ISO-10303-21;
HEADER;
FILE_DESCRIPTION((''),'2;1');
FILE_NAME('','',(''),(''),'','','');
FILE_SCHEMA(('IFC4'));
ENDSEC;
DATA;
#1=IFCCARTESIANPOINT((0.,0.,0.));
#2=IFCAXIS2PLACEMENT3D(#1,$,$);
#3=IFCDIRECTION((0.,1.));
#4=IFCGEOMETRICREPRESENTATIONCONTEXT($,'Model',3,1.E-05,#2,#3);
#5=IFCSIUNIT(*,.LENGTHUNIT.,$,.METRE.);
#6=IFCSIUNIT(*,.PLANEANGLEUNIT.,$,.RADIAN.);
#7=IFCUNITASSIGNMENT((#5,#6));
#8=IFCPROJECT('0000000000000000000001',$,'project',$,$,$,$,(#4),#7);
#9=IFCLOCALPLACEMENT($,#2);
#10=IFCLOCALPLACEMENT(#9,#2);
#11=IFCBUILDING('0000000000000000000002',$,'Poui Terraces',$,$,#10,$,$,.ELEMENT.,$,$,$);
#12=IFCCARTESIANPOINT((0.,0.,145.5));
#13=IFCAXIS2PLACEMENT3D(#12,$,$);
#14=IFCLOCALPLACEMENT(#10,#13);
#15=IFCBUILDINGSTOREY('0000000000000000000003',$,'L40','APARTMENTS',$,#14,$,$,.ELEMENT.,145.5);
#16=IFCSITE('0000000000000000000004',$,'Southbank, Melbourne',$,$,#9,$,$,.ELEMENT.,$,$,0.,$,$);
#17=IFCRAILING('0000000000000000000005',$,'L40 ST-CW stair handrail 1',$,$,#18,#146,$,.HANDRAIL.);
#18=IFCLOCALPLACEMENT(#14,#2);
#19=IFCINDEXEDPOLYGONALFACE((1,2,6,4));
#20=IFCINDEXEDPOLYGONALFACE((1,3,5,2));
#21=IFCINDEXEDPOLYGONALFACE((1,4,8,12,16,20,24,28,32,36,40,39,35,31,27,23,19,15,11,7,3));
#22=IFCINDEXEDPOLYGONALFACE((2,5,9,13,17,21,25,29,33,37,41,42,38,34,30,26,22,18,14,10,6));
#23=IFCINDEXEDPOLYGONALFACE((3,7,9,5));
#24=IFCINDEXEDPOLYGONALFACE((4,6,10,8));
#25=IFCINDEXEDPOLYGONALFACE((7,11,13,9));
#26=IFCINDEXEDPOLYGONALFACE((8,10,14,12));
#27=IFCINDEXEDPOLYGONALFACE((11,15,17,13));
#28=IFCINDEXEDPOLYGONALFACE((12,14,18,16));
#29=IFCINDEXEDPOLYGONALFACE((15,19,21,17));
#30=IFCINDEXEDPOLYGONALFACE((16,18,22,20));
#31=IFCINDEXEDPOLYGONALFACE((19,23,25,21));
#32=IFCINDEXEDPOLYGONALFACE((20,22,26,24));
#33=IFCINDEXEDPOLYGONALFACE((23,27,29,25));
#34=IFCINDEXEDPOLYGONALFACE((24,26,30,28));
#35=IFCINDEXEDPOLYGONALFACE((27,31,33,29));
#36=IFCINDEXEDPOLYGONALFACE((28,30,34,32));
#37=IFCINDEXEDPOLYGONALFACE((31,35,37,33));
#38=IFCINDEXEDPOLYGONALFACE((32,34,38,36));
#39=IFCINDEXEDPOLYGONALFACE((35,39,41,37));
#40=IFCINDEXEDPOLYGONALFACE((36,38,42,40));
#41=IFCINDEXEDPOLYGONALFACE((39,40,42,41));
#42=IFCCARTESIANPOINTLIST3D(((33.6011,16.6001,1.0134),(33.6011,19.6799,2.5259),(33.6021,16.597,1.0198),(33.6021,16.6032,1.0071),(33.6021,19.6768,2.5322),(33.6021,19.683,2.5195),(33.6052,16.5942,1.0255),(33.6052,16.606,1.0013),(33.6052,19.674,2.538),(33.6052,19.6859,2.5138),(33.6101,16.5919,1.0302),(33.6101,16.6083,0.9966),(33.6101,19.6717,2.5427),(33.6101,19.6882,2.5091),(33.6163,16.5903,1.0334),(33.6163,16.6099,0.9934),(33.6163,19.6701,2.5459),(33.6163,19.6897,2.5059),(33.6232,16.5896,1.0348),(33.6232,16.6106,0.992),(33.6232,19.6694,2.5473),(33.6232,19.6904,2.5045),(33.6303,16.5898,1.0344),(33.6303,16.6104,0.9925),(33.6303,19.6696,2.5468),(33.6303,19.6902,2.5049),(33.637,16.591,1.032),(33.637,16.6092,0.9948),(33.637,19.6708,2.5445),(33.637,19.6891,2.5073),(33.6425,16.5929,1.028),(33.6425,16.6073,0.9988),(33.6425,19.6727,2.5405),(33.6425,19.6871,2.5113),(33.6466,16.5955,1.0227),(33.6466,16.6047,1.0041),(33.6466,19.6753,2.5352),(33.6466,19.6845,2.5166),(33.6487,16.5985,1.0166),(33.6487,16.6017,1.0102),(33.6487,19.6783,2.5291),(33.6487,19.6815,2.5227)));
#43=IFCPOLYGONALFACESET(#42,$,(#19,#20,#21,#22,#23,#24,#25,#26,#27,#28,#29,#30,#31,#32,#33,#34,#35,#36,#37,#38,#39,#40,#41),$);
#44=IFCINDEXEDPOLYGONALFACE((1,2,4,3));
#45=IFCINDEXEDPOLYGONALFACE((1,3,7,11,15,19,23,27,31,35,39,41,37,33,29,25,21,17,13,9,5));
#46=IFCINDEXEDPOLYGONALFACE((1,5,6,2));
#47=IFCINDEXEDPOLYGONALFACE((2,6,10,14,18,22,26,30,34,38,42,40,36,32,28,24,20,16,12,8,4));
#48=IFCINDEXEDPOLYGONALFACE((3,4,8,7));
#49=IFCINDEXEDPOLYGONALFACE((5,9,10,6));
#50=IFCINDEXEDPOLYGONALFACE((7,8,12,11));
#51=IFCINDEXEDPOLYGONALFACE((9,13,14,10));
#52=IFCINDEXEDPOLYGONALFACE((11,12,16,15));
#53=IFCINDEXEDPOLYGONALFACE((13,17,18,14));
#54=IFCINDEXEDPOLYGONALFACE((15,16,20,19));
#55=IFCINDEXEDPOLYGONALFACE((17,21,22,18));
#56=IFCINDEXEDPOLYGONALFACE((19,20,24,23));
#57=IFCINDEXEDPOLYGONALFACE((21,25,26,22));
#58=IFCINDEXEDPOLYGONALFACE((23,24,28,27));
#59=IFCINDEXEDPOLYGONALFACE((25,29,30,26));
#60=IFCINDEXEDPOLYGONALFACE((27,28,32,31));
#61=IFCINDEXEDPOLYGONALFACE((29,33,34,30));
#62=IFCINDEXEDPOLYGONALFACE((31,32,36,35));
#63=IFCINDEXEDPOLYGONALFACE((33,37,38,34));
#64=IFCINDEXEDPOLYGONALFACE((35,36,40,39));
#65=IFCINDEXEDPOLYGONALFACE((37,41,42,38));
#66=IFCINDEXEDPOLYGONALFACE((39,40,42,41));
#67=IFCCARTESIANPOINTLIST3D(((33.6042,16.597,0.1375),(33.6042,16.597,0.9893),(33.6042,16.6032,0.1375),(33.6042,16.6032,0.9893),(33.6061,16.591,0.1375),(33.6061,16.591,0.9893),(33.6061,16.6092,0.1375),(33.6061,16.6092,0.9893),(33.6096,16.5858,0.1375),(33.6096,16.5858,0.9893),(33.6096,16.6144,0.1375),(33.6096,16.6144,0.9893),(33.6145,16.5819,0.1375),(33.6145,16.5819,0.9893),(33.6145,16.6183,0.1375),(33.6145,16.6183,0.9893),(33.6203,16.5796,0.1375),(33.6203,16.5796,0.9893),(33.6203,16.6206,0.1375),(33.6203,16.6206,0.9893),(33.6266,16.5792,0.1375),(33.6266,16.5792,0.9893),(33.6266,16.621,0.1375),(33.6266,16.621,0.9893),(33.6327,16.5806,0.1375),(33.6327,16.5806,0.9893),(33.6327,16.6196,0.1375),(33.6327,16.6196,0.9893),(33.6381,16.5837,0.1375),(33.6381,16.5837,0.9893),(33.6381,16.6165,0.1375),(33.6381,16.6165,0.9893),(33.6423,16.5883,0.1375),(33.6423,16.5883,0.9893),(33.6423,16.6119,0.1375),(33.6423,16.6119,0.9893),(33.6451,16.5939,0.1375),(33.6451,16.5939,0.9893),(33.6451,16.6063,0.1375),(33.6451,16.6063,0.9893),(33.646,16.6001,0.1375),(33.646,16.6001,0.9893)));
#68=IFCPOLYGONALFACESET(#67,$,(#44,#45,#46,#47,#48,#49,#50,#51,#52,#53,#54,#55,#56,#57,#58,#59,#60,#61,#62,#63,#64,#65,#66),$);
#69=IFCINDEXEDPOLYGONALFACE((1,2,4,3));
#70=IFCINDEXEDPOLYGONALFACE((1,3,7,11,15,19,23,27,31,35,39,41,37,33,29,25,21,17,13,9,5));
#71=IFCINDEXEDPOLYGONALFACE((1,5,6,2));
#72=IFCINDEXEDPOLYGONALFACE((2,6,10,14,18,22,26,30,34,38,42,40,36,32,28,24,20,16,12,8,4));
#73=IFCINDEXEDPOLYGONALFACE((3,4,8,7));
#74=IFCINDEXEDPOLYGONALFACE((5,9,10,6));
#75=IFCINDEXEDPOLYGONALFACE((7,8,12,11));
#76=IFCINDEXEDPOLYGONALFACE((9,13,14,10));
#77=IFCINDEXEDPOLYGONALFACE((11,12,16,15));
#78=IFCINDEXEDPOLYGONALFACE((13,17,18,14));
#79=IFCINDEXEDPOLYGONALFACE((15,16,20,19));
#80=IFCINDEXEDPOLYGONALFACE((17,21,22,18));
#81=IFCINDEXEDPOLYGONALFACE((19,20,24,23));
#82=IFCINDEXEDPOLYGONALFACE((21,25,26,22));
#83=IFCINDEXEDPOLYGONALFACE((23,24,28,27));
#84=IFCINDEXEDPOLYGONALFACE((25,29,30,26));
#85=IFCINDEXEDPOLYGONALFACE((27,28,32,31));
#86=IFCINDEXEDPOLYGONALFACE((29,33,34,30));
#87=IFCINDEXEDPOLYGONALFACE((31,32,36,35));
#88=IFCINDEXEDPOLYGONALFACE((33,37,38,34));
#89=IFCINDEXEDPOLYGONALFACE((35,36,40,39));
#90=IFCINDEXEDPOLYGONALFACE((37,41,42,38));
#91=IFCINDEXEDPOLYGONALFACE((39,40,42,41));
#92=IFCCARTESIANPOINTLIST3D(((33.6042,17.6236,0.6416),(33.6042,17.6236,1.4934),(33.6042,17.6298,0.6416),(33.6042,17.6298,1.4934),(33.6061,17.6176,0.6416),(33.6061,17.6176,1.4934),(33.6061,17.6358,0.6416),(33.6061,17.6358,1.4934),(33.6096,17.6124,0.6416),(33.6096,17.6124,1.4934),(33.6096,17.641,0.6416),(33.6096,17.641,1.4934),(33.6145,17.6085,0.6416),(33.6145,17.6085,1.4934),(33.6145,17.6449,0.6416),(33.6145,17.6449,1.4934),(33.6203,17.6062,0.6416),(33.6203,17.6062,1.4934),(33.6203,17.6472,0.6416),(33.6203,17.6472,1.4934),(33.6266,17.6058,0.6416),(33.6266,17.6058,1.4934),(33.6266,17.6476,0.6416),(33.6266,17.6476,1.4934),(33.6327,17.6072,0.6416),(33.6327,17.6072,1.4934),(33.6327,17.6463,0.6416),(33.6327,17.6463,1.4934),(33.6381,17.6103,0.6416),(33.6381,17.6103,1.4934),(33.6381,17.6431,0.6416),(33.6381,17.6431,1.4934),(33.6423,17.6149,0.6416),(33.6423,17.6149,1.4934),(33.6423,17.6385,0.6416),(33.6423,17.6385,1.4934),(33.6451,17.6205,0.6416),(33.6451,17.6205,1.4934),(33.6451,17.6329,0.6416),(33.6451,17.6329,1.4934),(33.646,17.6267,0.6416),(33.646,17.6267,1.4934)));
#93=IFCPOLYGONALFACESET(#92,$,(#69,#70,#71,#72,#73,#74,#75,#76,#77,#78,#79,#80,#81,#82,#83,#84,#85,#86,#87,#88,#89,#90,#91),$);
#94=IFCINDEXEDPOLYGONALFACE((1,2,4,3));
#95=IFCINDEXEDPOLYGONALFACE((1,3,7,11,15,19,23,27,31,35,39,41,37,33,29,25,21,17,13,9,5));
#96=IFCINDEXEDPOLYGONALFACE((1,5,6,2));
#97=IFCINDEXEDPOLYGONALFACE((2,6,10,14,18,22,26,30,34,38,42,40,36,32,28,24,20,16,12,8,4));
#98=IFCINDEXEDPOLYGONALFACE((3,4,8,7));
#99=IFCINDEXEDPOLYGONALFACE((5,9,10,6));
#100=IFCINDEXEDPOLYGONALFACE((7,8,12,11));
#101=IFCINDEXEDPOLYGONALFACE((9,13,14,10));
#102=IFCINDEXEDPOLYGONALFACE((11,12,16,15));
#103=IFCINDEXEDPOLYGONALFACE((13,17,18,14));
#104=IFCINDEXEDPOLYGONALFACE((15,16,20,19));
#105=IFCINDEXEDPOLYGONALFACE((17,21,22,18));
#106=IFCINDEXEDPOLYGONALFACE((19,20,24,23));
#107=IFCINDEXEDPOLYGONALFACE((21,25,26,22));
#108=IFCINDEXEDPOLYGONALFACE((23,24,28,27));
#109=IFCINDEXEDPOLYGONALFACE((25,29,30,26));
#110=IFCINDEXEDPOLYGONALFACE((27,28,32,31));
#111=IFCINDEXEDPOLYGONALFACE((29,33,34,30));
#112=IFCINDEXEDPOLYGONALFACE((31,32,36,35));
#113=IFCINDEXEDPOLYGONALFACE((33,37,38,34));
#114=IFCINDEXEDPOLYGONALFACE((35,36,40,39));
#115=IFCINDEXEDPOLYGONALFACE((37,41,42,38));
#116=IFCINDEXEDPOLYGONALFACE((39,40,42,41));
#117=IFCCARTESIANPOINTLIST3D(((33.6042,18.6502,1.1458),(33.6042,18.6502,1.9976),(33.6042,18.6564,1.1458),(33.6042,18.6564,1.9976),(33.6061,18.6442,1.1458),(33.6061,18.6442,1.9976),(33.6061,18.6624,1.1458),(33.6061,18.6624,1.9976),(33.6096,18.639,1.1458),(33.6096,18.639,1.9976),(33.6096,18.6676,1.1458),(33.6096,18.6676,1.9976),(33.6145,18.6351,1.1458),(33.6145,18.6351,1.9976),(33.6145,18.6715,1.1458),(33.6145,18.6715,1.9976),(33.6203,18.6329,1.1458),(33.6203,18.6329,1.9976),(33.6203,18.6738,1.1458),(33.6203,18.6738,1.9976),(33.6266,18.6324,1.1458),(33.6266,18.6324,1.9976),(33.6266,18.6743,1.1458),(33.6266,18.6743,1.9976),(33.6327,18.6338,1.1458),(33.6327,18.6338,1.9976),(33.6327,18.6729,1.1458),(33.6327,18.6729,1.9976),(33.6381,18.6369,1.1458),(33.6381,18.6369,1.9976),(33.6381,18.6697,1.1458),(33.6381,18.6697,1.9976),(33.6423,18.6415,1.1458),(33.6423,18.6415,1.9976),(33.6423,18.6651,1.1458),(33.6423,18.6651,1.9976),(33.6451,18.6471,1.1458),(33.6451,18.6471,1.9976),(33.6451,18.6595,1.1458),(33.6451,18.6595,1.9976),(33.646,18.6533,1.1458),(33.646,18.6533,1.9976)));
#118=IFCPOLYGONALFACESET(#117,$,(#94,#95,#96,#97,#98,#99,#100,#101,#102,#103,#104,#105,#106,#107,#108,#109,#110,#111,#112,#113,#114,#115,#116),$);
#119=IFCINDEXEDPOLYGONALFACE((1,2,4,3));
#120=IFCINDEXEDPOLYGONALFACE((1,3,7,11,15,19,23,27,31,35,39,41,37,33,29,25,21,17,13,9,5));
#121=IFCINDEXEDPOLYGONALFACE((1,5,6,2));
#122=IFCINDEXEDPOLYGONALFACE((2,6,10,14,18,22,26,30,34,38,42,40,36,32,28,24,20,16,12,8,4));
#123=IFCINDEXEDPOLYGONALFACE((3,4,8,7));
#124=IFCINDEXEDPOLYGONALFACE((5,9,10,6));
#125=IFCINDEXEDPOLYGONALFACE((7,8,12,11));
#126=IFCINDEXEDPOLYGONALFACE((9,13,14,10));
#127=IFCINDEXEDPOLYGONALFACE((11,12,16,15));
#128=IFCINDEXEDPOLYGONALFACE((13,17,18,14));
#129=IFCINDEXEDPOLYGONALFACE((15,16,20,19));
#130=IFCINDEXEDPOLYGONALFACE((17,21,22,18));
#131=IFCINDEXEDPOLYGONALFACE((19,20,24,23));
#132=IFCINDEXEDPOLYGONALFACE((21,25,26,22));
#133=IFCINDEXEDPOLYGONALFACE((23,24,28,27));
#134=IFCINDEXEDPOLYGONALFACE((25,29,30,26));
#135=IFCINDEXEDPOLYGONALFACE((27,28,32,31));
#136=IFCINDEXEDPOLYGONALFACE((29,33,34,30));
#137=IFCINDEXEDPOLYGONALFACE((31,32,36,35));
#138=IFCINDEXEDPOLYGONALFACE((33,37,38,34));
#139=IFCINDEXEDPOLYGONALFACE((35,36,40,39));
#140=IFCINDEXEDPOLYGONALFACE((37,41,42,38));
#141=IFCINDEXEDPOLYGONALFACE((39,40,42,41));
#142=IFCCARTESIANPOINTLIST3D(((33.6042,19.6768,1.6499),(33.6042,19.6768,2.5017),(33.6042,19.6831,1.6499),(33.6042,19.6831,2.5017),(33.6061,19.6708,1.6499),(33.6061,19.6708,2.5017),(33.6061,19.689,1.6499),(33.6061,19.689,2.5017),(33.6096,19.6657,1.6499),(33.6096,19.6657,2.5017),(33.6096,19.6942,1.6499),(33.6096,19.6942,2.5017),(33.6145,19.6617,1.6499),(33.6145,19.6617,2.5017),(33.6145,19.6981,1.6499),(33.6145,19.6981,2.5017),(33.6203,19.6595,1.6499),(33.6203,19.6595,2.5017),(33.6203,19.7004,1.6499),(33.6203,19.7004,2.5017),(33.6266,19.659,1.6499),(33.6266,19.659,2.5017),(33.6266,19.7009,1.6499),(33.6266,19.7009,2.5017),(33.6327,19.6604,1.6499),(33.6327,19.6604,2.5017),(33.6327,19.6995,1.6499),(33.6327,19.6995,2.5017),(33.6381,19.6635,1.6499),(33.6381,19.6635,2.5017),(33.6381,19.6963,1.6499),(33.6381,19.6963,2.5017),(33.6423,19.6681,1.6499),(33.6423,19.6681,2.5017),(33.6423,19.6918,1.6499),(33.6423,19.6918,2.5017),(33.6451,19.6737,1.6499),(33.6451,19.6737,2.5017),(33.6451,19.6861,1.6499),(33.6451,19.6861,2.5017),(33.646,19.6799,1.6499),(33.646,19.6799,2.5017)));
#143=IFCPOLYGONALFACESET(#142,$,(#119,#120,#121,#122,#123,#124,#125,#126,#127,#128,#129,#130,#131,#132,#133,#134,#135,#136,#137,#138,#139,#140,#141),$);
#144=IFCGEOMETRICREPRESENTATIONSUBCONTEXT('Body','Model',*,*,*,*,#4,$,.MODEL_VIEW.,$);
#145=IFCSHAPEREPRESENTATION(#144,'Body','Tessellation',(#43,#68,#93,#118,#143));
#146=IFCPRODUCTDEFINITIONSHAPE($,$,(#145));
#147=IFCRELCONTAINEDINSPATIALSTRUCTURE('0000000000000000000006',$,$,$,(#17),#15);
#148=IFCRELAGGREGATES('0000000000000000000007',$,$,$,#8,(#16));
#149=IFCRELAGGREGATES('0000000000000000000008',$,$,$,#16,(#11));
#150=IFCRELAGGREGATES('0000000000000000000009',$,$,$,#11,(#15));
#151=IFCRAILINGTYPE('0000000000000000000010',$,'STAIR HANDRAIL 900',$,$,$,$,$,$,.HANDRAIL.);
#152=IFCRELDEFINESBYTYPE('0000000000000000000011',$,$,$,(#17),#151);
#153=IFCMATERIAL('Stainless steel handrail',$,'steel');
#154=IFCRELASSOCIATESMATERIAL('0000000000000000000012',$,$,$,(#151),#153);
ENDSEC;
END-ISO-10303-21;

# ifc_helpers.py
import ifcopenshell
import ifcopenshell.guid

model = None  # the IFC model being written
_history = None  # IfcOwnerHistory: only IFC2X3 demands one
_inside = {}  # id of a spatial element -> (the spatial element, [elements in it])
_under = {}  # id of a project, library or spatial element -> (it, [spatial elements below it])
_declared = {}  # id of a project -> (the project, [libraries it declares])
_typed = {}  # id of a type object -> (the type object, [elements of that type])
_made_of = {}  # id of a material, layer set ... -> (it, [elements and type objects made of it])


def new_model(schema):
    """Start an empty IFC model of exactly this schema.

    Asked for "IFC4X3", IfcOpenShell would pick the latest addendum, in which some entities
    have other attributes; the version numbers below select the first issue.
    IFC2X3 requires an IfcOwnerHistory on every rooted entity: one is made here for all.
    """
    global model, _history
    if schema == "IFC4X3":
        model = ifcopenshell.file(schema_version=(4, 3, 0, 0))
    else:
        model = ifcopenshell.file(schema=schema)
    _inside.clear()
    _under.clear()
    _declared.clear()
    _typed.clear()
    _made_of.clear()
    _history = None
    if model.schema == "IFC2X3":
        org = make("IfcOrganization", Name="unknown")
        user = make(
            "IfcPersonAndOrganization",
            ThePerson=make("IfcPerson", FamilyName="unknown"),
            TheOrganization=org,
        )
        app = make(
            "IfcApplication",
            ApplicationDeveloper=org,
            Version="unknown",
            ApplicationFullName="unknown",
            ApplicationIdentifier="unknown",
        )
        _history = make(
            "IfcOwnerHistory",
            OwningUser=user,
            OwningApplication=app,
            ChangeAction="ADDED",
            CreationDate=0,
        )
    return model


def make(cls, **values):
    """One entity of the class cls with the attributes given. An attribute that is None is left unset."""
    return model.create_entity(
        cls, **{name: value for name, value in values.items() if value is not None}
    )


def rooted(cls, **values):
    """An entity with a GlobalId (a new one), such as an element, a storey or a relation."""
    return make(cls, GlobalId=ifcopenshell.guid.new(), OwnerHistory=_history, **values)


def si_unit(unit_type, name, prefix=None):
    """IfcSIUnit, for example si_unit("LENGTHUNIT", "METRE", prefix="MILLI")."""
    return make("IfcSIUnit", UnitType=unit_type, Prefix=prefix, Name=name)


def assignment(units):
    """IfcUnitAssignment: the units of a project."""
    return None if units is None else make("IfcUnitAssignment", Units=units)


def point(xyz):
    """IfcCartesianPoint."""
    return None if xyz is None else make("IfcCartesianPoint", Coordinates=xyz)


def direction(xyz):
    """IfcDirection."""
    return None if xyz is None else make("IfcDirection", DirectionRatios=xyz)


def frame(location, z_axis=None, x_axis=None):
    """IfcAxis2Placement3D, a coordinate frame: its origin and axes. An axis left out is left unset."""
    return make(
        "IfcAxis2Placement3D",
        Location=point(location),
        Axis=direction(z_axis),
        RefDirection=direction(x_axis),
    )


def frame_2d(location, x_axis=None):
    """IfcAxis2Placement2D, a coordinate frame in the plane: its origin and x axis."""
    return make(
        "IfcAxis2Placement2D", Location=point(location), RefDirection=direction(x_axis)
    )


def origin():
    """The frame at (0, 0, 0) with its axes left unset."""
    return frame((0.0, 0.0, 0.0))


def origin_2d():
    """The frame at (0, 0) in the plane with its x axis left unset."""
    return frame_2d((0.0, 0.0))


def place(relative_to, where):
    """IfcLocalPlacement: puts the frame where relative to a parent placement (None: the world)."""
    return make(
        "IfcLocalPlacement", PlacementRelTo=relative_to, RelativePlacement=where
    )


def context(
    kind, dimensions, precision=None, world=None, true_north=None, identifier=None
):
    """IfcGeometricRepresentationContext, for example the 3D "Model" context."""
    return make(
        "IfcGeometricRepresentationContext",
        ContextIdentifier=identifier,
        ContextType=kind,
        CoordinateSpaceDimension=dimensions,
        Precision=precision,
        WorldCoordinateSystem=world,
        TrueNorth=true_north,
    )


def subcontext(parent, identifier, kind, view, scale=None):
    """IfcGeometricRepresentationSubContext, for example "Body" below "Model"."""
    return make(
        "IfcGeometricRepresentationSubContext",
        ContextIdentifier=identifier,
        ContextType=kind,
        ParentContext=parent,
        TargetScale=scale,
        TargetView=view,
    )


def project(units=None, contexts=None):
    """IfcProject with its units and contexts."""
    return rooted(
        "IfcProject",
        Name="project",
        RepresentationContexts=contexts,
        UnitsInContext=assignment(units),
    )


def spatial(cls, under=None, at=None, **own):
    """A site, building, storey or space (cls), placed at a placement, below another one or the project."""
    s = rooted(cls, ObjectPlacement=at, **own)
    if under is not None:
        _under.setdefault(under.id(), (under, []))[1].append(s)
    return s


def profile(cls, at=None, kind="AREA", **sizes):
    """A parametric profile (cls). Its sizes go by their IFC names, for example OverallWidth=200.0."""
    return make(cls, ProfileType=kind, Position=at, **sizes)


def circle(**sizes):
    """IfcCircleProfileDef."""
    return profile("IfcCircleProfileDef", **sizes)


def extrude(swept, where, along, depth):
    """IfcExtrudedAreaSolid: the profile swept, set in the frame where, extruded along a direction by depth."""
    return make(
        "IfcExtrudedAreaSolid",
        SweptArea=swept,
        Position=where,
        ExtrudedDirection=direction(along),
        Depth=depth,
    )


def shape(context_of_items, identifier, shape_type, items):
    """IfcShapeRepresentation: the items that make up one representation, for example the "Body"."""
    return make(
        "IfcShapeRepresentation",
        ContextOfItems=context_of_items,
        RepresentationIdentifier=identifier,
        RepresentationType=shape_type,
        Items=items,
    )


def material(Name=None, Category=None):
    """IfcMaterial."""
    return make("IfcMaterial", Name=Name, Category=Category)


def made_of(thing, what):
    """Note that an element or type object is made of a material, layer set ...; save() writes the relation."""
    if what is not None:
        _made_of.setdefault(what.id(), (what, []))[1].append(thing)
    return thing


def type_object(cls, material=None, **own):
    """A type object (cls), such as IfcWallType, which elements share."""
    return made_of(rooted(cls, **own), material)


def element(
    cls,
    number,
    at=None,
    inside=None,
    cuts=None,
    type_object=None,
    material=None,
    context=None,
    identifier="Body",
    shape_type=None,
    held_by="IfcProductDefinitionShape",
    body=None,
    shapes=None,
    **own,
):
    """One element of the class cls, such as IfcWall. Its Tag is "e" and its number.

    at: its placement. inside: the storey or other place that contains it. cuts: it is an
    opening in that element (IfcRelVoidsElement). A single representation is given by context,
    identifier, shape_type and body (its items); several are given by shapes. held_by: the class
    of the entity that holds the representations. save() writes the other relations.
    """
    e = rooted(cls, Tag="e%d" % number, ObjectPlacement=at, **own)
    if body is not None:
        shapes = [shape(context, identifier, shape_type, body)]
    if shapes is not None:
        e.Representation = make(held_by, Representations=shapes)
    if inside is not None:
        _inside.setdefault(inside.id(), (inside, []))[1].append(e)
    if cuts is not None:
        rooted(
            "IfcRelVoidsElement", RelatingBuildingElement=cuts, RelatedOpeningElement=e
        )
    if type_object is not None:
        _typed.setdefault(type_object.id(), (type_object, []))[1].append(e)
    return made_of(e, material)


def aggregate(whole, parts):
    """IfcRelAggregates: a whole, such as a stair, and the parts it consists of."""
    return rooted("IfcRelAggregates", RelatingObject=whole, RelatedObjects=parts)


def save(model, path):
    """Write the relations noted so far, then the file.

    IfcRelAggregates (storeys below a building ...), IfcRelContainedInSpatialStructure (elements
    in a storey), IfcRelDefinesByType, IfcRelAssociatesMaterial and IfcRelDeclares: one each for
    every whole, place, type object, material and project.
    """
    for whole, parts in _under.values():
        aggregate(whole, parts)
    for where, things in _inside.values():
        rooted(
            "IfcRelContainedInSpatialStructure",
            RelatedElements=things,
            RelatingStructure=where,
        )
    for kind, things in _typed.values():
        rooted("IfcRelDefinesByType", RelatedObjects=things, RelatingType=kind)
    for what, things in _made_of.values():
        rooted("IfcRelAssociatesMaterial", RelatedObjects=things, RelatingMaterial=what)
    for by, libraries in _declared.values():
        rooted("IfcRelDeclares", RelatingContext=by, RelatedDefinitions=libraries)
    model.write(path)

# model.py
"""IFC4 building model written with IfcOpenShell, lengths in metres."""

from ifc_helpers import new_model, si_unit, direction, frame, origin, origin_2d, place, context, subcontext, project, spatial, circle, extrude, material, type_object, element, save


model = new_model("IFC4")

# Units and contexts
model_context = context("Model", 3, precision=1e-05, world=origin(), true_north=direction((0.0, 1.0)))
body_context = subcontext(model_context, "Body", "Model", "MODEL_VIEW")
ifc_project = project(units=[si_unit("LENGTHUNIT", "METRE"), si_unit("PLANEANGLEUNIT", "RADIAN")], contexts=[model_context])

# Site, building, storey
site_placement = place(None, origin())
site = spatial("IfcSite", under=ifc_project, at=site_placement, Name="Southbank, Melbourne", CompositionType="ELEMENT", RefElevation=0.0)
building_placement = place(site_placement, origin())
building = spatial("IfcBuilding", under=site, at=building_placement, Name="Poui Terraces", CompositionType="ELEMENT")
storey_placement = place(building_placement, frame((0.0, 0.0, 145.5)))
storey = spatial("IfcBuildingStorey", under=building, at=storey_placement, Name="L40", Description="APARTMENTS", CompositionType="ELEMENT", Elevation=145.5)

# Railing
ifc_material_1 = material(Name="Stainless steel handrail", Category="steel")
railing_type_1 = type_object("IfcRailingType", Name="STAIR HANDRAIL 900", PredefinedType="HANDRAIL", material=ifc_material_1)
railing_1_placement = place(storey_placement, frame((33.625, 16.6001, 0.1375)))
element("IfcRailing", 1, at=railing_1_placement, inside=storey, type_object=railing_type_1, Name="L40 ST-CW stair handrail 1", PredefinedType="HANDRAIL", context=body_context, shape_type="SweptSolid", body=[
    extrude(circle(Radius=0.0239, at=origin_2d()), frame((0.0, 0.0, 0.876), z_axis=(0.0, 0.897606, 0.440798), x_axis=(-1.0, 0.0, 0.0)), (0.0, 0.0, 1.0), 3.4312),
    extrude(circle(Radius=0.021, at=origin_2d()), origin(), (0.0, 0.0, 1.0), 0.8518),
    extrude(circle(Radius=0.021, at=origin_2d()), frame((0.0, 1.0266, 0.5042)), (0.0, 0.0, 1.0), 0.8518),
    extrude(circle(Radius=0.021, at=origin_2d()), frame((0.0, 2.0532, 1.0083)), (0.0, 0.0, 1.0), 0.8518),
    extrude(circle(Radius=0.021, at=origin_2d()), frame((0.0, 3.0798, 1.5125)), (0.0, 0.0, 1.0), 0.8518),
])

save(model, "model.ifc")
